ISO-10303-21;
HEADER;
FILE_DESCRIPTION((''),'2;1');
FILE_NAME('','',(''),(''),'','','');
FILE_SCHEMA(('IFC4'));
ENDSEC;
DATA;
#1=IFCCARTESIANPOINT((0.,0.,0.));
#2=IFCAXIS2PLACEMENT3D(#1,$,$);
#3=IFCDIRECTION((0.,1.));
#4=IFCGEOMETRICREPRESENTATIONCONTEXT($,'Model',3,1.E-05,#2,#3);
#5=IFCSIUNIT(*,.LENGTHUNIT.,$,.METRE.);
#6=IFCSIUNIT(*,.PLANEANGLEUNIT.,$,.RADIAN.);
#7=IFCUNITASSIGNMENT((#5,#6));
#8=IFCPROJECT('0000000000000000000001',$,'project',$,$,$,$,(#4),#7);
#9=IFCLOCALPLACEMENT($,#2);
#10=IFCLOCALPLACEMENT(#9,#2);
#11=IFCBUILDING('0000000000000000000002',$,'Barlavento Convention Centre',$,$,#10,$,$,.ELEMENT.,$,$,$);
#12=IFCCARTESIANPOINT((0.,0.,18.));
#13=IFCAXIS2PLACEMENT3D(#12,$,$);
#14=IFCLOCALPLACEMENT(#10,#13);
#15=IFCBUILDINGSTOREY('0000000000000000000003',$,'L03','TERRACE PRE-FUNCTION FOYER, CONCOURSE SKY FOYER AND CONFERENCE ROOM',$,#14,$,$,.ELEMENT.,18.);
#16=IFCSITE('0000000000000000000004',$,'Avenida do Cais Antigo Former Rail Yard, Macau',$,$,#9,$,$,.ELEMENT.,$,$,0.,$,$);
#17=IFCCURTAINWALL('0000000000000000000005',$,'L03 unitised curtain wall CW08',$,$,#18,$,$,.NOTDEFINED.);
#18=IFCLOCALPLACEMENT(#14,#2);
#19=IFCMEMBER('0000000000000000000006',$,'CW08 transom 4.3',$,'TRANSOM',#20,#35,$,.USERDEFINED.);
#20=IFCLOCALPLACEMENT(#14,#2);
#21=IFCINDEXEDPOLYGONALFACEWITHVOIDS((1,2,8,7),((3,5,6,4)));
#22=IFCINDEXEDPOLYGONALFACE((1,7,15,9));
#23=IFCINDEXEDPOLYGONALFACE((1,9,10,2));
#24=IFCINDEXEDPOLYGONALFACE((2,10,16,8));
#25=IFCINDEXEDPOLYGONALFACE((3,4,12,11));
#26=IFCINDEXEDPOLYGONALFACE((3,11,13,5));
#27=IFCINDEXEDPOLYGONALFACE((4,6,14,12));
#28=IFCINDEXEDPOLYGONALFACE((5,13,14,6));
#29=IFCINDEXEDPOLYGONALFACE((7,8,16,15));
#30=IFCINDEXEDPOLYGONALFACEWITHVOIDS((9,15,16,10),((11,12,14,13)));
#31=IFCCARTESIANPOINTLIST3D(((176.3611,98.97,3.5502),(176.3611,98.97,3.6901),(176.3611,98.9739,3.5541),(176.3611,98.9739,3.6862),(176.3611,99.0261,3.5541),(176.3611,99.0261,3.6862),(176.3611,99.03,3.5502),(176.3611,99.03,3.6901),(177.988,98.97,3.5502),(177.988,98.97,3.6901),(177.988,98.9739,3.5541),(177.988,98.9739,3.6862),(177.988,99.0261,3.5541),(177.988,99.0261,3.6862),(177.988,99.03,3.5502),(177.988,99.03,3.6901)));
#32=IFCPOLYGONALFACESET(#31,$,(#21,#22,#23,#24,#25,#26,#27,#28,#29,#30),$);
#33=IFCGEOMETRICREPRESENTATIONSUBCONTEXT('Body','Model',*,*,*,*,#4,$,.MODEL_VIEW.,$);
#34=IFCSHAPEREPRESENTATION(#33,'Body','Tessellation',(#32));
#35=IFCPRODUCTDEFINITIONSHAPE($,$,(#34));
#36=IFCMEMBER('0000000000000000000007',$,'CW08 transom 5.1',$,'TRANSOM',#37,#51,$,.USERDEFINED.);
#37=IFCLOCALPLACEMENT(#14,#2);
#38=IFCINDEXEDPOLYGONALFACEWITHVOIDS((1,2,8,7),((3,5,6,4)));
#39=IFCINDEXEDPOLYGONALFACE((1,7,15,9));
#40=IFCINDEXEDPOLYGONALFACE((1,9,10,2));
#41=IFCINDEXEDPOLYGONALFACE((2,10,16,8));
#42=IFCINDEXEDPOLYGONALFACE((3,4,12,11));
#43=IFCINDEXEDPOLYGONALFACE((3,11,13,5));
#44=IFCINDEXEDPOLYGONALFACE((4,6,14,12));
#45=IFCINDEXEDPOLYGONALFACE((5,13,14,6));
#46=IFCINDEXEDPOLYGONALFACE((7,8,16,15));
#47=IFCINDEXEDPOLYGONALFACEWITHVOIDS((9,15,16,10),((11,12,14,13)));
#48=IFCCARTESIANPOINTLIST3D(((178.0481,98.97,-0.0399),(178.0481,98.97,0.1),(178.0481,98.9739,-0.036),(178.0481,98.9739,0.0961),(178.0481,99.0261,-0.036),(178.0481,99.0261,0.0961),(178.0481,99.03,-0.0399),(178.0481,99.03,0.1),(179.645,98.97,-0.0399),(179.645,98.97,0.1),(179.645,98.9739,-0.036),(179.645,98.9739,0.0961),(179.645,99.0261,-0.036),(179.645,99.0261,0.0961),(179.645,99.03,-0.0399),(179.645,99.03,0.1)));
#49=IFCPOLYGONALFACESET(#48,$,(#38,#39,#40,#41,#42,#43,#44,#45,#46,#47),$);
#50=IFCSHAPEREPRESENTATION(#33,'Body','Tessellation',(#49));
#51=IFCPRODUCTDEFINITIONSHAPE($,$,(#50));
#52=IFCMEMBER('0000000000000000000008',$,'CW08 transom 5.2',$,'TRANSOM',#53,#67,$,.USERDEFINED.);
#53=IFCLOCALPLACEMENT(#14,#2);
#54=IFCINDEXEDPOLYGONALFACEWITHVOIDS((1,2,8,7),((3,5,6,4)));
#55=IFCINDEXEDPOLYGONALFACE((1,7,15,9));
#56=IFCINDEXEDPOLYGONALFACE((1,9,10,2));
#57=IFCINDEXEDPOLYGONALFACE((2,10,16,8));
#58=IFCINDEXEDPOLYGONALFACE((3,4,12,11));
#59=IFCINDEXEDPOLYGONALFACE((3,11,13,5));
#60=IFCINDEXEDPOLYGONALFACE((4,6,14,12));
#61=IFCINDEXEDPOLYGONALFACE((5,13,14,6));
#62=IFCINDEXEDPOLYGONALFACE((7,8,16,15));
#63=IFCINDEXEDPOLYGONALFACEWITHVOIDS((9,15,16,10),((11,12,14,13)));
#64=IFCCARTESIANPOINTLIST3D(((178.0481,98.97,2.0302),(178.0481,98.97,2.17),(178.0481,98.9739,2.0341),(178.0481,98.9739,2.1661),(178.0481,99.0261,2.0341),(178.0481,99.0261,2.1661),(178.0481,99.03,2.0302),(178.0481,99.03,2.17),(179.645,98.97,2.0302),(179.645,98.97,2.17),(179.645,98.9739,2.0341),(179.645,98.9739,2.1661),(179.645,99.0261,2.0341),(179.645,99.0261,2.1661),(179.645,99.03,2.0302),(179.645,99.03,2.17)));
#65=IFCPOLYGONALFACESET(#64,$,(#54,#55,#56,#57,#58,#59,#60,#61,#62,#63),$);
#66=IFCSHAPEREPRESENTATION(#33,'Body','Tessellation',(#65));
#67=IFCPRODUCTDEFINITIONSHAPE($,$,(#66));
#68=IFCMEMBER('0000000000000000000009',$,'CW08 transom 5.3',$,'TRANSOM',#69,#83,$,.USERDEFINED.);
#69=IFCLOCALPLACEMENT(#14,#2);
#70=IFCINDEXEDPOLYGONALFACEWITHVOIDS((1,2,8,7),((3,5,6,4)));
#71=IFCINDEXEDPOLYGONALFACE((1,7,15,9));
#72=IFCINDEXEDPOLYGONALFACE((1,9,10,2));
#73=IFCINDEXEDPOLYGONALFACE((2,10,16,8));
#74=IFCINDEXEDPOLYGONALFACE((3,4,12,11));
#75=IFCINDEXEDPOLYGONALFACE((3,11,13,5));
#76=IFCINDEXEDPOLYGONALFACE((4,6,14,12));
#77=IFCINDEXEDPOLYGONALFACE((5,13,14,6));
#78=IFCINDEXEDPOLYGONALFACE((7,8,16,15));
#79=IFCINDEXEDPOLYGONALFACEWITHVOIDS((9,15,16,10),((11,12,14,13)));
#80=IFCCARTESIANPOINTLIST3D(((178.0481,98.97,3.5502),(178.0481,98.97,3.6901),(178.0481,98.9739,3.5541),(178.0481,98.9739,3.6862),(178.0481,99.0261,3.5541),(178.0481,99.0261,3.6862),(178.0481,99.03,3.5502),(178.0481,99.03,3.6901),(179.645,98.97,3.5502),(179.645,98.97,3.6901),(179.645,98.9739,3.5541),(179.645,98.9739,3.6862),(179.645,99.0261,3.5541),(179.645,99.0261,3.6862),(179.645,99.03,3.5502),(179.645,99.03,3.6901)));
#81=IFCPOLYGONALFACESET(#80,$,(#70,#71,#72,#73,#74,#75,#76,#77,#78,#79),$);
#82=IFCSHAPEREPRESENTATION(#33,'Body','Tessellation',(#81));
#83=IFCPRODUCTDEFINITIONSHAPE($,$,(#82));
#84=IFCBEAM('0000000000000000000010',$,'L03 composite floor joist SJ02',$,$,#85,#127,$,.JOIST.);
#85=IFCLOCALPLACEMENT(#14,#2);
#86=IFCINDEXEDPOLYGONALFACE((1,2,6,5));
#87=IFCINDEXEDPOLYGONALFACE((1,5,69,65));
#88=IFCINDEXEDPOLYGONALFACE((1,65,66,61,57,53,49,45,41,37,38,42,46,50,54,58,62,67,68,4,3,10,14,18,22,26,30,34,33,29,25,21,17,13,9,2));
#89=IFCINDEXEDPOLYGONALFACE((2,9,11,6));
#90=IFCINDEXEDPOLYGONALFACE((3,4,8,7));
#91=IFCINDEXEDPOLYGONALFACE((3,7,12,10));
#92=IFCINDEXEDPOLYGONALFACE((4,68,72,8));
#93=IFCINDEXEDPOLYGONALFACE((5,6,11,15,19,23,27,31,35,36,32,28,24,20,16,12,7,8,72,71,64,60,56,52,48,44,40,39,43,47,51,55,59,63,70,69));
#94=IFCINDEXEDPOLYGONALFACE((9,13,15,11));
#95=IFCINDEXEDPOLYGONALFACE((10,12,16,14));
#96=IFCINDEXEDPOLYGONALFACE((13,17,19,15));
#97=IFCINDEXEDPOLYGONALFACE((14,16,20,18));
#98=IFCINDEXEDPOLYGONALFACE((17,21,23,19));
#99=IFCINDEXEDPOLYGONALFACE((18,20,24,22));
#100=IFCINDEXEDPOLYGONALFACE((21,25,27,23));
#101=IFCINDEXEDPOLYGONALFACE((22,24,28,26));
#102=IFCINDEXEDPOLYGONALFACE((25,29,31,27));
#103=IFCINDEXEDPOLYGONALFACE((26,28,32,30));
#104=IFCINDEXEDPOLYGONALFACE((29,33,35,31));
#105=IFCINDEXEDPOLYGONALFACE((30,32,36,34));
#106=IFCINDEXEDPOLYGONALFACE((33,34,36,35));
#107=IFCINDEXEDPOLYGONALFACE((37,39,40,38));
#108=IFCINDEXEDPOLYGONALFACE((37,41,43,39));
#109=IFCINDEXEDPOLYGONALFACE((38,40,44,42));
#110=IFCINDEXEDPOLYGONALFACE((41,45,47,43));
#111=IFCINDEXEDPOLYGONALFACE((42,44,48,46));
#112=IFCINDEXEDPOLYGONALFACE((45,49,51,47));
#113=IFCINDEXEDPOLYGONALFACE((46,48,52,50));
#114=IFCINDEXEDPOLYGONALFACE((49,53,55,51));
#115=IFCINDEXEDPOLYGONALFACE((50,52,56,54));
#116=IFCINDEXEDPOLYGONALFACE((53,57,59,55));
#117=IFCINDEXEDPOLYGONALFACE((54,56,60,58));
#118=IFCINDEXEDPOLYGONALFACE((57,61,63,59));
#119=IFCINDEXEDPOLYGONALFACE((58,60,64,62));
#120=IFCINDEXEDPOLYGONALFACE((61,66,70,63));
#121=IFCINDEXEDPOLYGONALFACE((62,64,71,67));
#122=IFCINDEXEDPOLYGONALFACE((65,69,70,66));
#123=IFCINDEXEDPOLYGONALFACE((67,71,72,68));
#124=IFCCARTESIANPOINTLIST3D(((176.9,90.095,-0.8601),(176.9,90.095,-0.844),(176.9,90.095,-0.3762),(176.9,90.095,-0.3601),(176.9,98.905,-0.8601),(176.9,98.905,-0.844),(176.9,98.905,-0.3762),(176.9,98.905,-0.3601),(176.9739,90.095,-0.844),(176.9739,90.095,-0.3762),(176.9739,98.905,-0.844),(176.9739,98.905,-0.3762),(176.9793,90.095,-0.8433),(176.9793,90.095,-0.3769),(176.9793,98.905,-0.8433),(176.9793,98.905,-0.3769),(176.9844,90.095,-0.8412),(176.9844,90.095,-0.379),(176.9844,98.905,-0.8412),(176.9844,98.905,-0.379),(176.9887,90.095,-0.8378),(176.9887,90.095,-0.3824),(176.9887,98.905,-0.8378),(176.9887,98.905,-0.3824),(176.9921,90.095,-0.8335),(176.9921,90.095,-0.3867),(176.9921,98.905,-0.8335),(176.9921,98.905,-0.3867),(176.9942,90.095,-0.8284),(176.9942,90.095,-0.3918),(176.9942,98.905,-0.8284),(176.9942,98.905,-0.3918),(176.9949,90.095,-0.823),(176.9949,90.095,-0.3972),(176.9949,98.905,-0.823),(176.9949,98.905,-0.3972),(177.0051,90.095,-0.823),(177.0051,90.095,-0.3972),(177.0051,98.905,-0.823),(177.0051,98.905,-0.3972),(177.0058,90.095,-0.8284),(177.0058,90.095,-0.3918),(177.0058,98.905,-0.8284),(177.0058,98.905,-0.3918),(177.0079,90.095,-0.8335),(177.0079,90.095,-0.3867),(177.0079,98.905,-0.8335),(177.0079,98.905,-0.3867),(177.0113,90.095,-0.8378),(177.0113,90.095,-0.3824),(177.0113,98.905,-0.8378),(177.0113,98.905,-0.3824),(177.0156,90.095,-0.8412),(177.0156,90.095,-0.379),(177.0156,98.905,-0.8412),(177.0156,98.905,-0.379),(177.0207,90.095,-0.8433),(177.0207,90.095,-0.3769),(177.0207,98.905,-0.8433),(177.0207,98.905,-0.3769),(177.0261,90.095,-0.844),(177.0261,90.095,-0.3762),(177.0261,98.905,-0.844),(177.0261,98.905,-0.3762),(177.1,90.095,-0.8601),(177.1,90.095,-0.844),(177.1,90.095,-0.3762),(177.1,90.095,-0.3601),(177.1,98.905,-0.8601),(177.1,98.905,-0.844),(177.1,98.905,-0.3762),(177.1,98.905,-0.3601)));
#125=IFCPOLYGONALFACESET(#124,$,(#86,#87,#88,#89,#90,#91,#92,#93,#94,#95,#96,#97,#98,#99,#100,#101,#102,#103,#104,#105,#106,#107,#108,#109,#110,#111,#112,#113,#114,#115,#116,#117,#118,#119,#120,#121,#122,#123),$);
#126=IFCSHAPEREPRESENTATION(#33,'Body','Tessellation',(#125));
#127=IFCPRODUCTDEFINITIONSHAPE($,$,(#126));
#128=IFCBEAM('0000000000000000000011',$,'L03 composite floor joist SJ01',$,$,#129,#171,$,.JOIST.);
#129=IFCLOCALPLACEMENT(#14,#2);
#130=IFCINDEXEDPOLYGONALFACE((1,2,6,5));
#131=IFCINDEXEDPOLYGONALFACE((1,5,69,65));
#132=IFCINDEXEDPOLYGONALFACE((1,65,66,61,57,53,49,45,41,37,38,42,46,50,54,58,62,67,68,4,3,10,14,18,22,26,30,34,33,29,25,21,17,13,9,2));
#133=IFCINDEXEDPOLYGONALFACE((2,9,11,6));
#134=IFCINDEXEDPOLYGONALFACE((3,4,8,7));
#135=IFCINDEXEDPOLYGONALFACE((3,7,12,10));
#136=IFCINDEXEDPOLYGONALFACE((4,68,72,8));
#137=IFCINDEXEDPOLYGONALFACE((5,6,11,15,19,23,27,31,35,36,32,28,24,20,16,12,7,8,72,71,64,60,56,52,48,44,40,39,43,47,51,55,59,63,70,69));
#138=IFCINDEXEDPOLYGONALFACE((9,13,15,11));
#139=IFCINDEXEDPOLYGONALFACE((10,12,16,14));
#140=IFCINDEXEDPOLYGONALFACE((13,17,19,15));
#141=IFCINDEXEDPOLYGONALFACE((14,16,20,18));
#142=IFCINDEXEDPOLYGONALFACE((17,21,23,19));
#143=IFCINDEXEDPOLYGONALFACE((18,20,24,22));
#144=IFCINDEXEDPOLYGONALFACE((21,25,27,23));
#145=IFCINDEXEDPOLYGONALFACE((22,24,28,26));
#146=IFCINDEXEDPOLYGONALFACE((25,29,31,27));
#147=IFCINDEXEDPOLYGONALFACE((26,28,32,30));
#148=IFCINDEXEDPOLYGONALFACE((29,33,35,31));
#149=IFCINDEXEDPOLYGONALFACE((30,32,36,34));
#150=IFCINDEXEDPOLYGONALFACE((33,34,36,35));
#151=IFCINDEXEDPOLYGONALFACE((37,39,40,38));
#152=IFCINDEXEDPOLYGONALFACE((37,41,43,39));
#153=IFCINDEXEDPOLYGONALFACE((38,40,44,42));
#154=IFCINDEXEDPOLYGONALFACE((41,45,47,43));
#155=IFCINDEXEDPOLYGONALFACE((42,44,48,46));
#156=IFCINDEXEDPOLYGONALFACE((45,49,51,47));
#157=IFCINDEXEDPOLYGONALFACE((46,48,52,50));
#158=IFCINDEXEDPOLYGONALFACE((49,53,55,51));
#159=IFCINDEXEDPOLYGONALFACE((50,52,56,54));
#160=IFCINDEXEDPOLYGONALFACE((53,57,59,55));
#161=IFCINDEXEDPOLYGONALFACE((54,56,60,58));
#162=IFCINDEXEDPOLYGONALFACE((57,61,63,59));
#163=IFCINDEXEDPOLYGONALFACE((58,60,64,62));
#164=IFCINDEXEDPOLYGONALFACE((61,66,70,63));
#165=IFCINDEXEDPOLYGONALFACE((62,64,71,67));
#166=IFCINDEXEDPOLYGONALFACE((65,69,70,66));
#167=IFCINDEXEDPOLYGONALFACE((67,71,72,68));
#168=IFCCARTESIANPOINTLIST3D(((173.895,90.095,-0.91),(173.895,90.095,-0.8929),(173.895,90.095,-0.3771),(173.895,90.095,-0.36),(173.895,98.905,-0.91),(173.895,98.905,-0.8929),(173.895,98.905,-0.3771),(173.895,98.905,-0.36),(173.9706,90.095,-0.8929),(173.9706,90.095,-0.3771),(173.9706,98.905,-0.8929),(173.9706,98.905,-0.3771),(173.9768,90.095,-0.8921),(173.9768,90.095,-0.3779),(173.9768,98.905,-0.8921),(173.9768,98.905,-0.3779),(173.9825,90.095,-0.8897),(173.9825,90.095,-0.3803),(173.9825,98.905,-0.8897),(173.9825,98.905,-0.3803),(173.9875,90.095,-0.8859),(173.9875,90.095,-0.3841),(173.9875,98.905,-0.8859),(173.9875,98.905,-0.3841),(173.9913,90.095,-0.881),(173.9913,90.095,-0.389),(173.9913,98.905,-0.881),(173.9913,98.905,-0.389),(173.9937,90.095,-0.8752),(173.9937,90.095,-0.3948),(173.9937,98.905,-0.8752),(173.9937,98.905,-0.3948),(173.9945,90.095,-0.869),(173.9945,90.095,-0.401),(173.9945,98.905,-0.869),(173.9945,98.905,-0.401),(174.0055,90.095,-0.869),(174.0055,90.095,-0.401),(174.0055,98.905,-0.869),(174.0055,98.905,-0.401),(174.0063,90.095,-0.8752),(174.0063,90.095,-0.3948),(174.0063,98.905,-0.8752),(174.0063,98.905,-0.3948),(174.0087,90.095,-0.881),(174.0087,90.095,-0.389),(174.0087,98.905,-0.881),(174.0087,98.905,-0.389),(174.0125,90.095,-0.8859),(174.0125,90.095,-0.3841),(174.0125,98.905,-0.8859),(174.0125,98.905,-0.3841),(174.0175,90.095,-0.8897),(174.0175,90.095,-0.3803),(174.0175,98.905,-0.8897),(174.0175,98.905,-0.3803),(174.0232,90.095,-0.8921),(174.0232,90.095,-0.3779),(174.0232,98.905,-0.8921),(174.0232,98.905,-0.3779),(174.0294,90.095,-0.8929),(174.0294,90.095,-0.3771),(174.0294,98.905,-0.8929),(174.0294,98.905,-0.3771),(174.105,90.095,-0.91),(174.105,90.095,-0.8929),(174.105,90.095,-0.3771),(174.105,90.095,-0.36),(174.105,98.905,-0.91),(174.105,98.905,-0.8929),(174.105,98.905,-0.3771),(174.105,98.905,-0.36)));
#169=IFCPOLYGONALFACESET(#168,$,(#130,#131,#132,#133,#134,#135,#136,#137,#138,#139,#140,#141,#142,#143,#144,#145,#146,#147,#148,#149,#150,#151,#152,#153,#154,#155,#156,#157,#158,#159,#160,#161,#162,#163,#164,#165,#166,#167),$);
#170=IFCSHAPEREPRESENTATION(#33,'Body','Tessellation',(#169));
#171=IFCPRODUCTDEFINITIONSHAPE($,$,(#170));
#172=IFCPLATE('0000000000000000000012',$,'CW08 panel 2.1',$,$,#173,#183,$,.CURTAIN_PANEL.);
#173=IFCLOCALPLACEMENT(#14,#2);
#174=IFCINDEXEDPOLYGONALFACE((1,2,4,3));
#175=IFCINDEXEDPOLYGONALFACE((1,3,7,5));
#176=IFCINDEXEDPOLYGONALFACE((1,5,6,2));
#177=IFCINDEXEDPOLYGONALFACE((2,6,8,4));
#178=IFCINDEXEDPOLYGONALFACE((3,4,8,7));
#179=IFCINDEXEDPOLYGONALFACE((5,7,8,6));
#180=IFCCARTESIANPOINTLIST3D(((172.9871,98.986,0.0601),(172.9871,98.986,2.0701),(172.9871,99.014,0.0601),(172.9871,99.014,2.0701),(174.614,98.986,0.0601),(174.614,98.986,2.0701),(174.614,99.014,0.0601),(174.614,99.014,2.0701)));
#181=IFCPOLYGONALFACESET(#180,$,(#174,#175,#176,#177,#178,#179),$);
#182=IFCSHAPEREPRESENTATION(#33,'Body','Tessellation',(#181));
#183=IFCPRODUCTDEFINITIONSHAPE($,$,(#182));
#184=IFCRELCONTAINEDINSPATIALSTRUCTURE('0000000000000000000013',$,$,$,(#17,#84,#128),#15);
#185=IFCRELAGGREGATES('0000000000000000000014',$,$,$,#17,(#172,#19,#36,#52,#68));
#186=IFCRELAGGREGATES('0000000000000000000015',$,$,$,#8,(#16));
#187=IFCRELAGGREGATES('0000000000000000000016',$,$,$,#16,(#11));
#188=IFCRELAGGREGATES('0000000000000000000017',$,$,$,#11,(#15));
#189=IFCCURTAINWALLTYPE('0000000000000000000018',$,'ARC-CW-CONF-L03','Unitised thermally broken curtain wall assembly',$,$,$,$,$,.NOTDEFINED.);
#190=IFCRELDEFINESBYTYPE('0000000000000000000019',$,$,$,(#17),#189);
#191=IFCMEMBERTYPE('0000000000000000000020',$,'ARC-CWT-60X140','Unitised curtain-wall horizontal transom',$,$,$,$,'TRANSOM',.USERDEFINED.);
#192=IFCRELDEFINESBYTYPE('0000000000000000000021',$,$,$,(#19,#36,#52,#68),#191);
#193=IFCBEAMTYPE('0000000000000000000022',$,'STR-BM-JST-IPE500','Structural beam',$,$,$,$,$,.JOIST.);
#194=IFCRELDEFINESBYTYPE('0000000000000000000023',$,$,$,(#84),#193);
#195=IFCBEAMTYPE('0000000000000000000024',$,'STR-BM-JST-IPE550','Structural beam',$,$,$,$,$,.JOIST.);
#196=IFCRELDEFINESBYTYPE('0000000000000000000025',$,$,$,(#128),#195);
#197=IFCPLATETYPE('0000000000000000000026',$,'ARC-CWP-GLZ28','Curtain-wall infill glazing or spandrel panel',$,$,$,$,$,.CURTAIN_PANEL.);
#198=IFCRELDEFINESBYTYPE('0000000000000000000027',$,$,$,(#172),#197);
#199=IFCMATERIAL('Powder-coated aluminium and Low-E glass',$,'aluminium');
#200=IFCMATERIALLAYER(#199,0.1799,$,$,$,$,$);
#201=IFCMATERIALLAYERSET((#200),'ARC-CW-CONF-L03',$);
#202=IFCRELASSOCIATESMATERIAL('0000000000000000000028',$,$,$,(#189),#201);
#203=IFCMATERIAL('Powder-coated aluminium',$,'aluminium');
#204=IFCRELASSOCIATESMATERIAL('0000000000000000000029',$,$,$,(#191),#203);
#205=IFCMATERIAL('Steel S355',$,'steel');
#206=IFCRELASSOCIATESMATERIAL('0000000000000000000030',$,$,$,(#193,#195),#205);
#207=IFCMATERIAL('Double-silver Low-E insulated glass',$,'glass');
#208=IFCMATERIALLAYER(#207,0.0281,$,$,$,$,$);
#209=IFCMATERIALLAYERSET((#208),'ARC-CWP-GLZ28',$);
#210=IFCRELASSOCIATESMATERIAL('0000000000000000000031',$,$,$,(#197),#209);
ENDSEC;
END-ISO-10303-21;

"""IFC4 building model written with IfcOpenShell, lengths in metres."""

from ifc_helpers import new_model, si_unit, direction, frame, origin, origin_2d, place, context, subcontext, project, spatial, rectangle, hollow_rectangle, i_section, extrude, material, layer, layer_set, material_profile, profile_set, type_object, element, aggregate, save


model = new_model("IFC4")

# Units and contexts
model_context = context("Model", 3, precision=1e-05, world=origin(), true_north=direction((0.0, 1.0)))
body_context = subcontext(model_context, "Body", "Model", "MODEL_VIEW")
ifc_project = project(units=[si_unit("LENGTHUNIT", "METRE"), si_unit("PLANEANGLEUNIT", "RADIAN")], contexts=[model_context])

# Site, building, storey
site_placement = place(None, origin())
site = spatial("IfcSite", under=ifc_project, at=site_placement, Name="Avenida do Cais Antigo Former Rail Yard, Macau", CompositionType="ELEMENT", RefElevation=0.0)
building_placement = place(site_placement, origin())
building = spatial("IfcBuilding", under=site, at=building_placement, Name="Barlavento Convention Centre", CompositionType="ELEMENT")
storey_placement = place(building_placement, frame((0.0, 0.0, 18.0)))
storey = spatial("IfcBuildingStorey", under=building, at=storey_placement, Name="L03", Description="TERRACE PRE-FUNCTION FOYER, CONCOURSE SKY FOYER AND CONFERENCE ROOM", CompositionType="ELEMENT", Elevation=18.0)

# Curtain wall, members
ifc_material_1 = material(Name="Powder-coated aluminium and Low-E glass", Category="aluminium")
ifc_layer_1 = layer(ifc_material_1, 0.1799)
ifc_layer_set_1 = layer_set([ifc_layer_1], Name="ARC-CW-CONF-L03")
curtain_wall_type = type_object("IfcCurtainWallType", Name="ARC-CW-CONF-L03", Description="Unitised thermally broken curtain wall assembly", PredefinedType="NOTDEFINED", material=ifc_layer_set_1)
curtain_wall_placement = place(storey_placement, origin())
curtain_wall = element("IfcCurtainWall", 1, at=curtain_wall_placement, inside=storey, type_object=curtain_wall_type, Name="L03 unitised curtain wall CW08", PredefinedType="NOTDEFINED")
ifc_material_2 = material(Name="Powder-coated aluminium", Category="aluminium")
ifc_material_profile_1 = material_profile(ifc_material_2, hollow_rectangle(XDim=0.0601, YDim=0.1399, WallThickness=0.0039, at=origin_2d()), Name="AL-TRAN 60x140x4")
ifc_profile_set_1 = profile_set([ifc_material_profile_1], Name="Powder-coated aluminium")
member_type_1 = type_object("IfcMemberType", Name="ARC-CWT-60X140", Description="Unitised curtain-wall horizontal transom", ElementType="TRANSOM", PredefinedType="USERDEFINED", material=ifc_profile_set_1)
member_1_placement = place(storey_placement, frame((176.3611, 99.0, 3.6201), z_axis=(1.0, 0.0, 0.0), x_axis=(0.0, 1.0, 0.0)))
member_1 = element("IfcMember", 2, at=member_1_placement, type_object=member_type_1, Name="CW08 transom 4.3", ObjectType="TRANSOM", PredefinedType="USERDEFINED", context=body_context, shape_type="SweptSolid", body=[
    extrude(hollow_rectangle(XDim=0.0601, YDim=0.1399, WallThickness=0.0039, at=origin_2d()), origin(), (0.0, 0.0, 1.0), 1.627),
])
member_2_placement = place(storey_placement, frame((178.0481, 99.0, 0.03), z_axis=(1.0, 0.0, 0.0), x_axis=(0.0, 1.0, 0.0)))
member_2 = element("IfcMember", 3, at=member_2_placement, type_object=member_type_1, Name="CW08 transom 5.1", ObjectType="TRANSOM", PredefinedType="USERDEFINED", context=body_context, shape_type="SweptSolid", body=[
    extrude(hollow_rectangle(XDim=0.0601, YDim=0.1399, WallThickness=0.0039, at=origin_2d()), origin(), (0.0, 0.0, 1.0), 1.5969),
])
member_3_placement = place(storey_placement, frame((178.0481, 99.0, 2.1001), z_axis=(1.0, 0.0, 0.0), x_axis=(0.0, 1.0, 0.0)))
member_3 = element("IfcMember", 4, at=member_3_placement, type_object=member_type_1, Name="CW08 transom 5.2", ObjectType="TRANSOM", PredefinedType="USERDEFINED", context=body_context, shape_type="SweptSolid", body=[
    extrude(hollow_rectangle(XDim=0.0601, YDim=0.1399, WallThickness=0.0039, at=origin_2d()), origin(), (0.0, 0.0, 1.0), 1.5969),
])
member_4_placement = place(storey_placement, frame((178.0481, 99.0, 3.6201), z_axis=(1.0, 0.0, 0.0), x_axis=(0.0, 1.0, 0.0)))
member_4 = element("IfcMember", 5, at=member_4_placement, type_object=member_type_1, Name="CW08 transom 5.3", ObjectType="TRANSOM", PredefinedType="USERDEFINED", context=body_context, shape_type="SweptSolid", body=[
    extrude(hollow_rectangle(XDim=0.0601, YDim=0.1399, WallThickness=0.0039, at=origin_2d()), origin(), (0.0, 0.0, 1.0), 1.5969),
])

# Beams
ifc_material_3 = material(Name="Steel S355", Category="steel")
ifc_material_profile_2 = material_profile(ifc_material_3, i_section(OverallWidth=0.2, OverallDepth=0.5, WebThickness=0.0103, FlangeThickness=0.0161, FilletRadius=0.021, at=origin_2d()), Name="IPE 500")
ifc_profile_set_2 = profile_set([ifc_material_profile_2], Name="Steel S355")
beam_type_1 = type_object("IfcBeamType", Name="STR-BM-JST-IPE500", Description="Structural beam", PredefinedType="JOIST", material=ifc_profile_set_2)
beam_1_placement = place(storey_placement, frame((177.0, 90.095, -0.6101), z_axis=(0.0, 1.0, 0.0), x_axis=(-1.0, 0.0, 0.0)))
element("IfcBeam", 6, at=beam_1_placement, inside=storey, type_object=beam_type_1, Name="L03 composite floor joist SJ02", PredefinedType="JOIST", context=body_context, shape_type="SweptSolid", body=[
    extrude(i_section(OverallWidth=0.2, OverallDepth=0.5, WebThickness=0.0103, FlangeThickness=0.0161, FilletRadius=0.021, at=origin_2d()), origin(), (0.0, 0.0, 1.0), 8.8101),
])
ifc_material_profile_3 = material_profile(ifc_material_3, i_section(OverallWidth=0.21, OverallDepth=0.55, WebThickness=0.011, FlangeThickness=0.0171, FilletRadius=0.0239, at=origin_2d()), Name="IPE 550")
ifc_profile_set_3 = profile_set([ifc_material_profile_3], Name="Steel S355")
beam_type_2 = type_object("IfcBeamType", Name="STR-BM-JST-IPE550", Description="Structural beam", PredefinedType="JOIST", material=ifc_profile_set_3)
beam_2_placement = place(storey_placement, frame((174.0, 90.095, -0.635), z_axis=(0.0, 1.0, 0.0), x_axis=(-1.0, 0.0, 0.0)))
element("IfcBeam", 7, at=beam_2_placement, inside=storey, type_object=beam_type_2, Name="L03 composite floor joist SJ01", PredefinedType="JOIST", context=body_context, shape_type="SweptSolid", body=[
    extrude(i_section(OverallWidth=0.21, OverallDepth=0.55, WebThickness=0.011, FlangeThickness=0.0171, FilletRadius=0.0239, at=origin_2d()), origin(), (0.0, 0.0, 1.0), 8.8101),
])

# Plate
ifc_material_4 = material(Name="Double-silver Low-E insulated glass", Category="glass")
ifc_layer_2 = layer(ifc_material_4, 0.0281)
ifc_layer_set_2 = layer_set([ifc_layer_2], Name="ARC-CWP-GLZ28")
plate_type = type_object("IfcPlateType", Name="ARC-CWP-GLZ28", Description="Curtain-wall infill glazing or spandrel panel", PredefinedType="CURTAIN_PANEL", material=ifc_layer_set_2)
plate_1_placement = place(storey_placement, frame((173.8005, 99.0, 0.0601), z_axis=(0.0, 0.0, 1.0), x_axis=(1.0, 0.0, 0.0)))
plate_1 = element("IfcPlate", 8, at=plate_1_placement, type_object=plate_type, Name="CW08 panel 2.1", PredefinedType="CURTAIN_PANEL", context=body_context, shape_type="SweptSolid", body=[
    extrude(rectangle(XDim=1.627, YDim=0.0281, at=origin_2d()), origin(), (0.0, 0.0, 1.0), 2.01),
])
aggregate(curtain_wall, [plate_1, member_1, member_2, member_3, member_4])

save(model, "model.ifc")
